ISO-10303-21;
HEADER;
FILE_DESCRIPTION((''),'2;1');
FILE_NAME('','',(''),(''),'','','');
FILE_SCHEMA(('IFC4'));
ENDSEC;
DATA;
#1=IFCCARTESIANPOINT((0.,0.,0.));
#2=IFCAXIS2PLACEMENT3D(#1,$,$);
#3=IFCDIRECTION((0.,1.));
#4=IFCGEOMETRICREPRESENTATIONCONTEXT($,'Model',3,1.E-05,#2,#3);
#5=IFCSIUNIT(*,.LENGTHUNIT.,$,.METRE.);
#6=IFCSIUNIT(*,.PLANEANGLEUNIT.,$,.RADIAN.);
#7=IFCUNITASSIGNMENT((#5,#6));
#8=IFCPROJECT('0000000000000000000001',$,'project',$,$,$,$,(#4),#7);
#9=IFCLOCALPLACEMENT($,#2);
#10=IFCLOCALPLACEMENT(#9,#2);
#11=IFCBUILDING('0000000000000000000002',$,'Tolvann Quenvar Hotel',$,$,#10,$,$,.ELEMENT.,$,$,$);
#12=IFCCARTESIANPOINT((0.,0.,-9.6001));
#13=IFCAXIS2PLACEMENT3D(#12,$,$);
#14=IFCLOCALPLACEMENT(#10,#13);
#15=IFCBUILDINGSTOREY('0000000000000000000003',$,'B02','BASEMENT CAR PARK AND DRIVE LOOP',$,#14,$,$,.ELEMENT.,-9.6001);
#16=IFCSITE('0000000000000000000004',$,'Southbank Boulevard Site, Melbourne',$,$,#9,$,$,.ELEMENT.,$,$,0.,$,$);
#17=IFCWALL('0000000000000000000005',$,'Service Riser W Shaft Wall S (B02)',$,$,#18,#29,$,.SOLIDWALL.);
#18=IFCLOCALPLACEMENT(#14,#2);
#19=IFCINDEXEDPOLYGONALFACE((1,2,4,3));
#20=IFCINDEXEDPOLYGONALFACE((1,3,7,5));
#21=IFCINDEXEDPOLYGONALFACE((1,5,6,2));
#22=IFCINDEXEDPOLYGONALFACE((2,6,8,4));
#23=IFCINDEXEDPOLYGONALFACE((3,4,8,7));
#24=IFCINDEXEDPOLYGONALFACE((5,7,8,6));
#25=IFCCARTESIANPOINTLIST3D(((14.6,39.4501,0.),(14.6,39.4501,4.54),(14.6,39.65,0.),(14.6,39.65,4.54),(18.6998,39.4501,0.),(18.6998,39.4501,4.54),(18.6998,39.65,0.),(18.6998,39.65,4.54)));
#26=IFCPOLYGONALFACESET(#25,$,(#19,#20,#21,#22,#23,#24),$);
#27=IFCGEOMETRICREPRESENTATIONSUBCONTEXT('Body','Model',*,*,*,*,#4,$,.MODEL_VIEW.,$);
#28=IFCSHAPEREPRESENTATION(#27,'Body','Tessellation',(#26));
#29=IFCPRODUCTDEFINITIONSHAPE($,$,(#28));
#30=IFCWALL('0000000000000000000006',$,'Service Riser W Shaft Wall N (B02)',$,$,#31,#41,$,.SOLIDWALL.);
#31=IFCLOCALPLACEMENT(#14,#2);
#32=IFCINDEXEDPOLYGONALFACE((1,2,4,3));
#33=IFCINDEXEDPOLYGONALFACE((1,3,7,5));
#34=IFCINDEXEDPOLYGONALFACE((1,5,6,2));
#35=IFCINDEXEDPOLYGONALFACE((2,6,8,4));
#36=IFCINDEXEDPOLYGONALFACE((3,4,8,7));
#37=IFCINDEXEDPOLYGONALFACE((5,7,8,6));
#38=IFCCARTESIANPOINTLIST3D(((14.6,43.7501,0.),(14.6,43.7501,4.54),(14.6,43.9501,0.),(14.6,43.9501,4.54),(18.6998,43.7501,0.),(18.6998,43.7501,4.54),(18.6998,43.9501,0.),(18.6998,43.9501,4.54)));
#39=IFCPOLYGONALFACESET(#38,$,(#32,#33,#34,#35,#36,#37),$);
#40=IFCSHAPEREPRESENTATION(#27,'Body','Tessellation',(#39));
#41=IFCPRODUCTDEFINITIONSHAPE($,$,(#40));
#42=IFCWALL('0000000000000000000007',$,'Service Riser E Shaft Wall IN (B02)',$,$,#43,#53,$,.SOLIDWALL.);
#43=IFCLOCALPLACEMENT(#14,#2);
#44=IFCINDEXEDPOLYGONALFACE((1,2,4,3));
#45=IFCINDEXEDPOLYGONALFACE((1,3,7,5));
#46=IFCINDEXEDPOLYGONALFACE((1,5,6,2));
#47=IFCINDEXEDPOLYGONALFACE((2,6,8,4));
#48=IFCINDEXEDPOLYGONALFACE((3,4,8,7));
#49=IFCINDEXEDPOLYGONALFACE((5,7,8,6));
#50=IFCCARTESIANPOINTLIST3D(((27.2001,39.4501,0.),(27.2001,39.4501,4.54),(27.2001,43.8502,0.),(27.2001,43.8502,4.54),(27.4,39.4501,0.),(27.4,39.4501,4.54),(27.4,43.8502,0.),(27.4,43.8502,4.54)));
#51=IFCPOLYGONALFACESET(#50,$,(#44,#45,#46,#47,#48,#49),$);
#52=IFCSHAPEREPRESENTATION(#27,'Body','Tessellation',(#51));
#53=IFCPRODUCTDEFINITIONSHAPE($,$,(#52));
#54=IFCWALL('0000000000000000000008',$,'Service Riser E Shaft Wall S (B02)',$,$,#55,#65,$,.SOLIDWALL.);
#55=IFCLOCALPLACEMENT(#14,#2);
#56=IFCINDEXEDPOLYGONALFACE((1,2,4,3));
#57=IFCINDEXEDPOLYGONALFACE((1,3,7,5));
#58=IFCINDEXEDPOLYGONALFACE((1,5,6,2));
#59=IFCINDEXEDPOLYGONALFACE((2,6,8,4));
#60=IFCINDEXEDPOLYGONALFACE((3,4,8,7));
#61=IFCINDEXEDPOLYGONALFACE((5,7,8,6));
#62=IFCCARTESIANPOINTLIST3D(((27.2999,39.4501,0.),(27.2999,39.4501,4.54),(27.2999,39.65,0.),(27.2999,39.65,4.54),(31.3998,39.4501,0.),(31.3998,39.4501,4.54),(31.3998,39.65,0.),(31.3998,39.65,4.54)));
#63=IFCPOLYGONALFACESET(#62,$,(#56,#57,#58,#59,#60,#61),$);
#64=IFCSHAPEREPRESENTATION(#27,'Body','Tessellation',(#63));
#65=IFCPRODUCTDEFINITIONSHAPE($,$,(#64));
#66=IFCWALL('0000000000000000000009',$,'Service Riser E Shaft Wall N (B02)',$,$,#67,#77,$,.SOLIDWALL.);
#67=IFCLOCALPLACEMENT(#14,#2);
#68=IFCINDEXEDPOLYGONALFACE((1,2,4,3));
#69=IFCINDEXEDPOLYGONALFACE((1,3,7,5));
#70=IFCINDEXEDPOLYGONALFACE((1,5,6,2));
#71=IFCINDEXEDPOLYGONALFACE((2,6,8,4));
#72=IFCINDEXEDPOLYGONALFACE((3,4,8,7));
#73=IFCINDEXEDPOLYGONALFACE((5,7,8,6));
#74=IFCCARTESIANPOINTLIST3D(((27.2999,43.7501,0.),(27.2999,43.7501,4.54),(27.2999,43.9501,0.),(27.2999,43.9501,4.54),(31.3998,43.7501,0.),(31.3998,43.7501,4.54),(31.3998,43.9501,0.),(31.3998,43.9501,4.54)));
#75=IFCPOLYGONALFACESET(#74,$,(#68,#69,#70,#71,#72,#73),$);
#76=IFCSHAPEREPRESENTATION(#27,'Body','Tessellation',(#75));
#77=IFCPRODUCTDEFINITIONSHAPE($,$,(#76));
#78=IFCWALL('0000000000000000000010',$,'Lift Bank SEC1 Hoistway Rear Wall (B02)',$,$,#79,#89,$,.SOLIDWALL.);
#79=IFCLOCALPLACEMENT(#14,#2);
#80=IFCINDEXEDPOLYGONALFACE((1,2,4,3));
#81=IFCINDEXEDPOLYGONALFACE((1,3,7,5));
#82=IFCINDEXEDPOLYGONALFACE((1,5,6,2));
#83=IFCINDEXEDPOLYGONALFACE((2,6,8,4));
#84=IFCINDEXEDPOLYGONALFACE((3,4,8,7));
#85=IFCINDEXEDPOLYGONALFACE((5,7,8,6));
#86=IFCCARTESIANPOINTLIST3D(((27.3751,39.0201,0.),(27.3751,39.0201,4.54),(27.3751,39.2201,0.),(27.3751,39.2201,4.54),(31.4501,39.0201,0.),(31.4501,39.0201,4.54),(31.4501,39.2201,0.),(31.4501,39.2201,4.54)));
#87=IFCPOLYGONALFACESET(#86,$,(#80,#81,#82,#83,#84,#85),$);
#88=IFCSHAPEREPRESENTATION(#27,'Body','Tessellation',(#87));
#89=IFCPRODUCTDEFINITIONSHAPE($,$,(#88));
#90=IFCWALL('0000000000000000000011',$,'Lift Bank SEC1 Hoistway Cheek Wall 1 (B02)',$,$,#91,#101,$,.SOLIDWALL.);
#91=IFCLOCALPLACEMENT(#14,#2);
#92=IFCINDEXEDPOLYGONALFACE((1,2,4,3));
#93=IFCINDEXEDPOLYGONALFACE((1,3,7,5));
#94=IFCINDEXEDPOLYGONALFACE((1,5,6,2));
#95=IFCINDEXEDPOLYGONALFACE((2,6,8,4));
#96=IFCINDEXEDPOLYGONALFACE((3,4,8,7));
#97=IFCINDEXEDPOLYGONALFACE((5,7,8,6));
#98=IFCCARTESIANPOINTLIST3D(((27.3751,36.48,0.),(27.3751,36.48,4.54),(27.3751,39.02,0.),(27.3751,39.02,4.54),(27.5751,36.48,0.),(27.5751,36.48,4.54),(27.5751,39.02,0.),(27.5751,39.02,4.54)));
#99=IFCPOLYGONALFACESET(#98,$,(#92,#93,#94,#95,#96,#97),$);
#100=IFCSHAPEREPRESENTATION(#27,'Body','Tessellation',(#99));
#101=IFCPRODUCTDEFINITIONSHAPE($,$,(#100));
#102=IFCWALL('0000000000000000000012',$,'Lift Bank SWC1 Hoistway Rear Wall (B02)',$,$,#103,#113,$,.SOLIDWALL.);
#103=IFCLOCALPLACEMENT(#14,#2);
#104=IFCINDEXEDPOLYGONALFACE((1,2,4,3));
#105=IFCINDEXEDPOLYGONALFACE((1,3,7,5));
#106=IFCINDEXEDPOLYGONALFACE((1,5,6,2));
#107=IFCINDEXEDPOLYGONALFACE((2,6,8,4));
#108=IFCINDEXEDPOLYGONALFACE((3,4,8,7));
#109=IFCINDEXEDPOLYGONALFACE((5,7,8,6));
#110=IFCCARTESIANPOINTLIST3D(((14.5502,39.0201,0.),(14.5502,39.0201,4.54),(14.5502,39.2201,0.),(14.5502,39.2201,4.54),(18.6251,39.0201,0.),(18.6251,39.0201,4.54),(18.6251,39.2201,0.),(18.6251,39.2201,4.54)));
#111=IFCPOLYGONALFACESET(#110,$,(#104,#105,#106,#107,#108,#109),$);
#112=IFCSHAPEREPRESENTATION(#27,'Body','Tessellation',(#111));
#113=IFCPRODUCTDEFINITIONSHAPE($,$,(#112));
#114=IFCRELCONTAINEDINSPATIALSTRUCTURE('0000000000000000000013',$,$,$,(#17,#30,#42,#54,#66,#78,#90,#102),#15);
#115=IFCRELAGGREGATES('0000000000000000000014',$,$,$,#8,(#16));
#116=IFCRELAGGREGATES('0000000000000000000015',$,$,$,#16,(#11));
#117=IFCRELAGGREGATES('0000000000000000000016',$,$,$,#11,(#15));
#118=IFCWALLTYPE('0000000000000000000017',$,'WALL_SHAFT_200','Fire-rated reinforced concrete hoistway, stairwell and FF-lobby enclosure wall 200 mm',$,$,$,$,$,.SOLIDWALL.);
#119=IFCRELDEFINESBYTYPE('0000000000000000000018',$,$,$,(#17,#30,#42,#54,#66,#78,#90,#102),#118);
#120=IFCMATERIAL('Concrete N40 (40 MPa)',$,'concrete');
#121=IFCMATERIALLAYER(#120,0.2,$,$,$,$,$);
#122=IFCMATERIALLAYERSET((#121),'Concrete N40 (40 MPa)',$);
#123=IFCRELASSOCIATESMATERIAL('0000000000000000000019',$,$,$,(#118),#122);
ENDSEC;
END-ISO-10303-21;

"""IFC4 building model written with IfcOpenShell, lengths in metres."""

from ifc_helpers import new_model, si_unit, direction, frame, frame_2d, origin, place, context, subcontext, project, spatial, rectangle, extrude, material, layer, layer_set, type_object, element, save


model = new_model("IFC4")

# Units and contexts
model_context = context("Model", 3, precision=1e-05, world=origin(), true_north=direction((0.0, 1.0)))
body_context = subcontext(model_context, "Body", "Model", "MODEL_VIEW")
ifc_project = project(units=[si_unit("LENGTHUNIT", "METRE"), si_unit("PLANEANGLEUNIT", "RADIAN")], contexts=[model_context])

# Site, building, storey
site_placement = place(None, origin())
site = spatial("IfcSite", under=ifc_project, at=site_placement, Name="Southbank Boulevard Site, Melbourne", CompositionType="ELEMENT", RefElevation=0.0)
building_placement = place(site_placement, origin())
building = spatial("IfcBuilding", under=site, at=building_placement, Name="Tolvann Quenvar Hotel", CompositionType="ELEMENT")
storey_placement = place(building_placement, frame((0.0, 0.0, -9.6001)))
storey = spatial("IfcBuildingStorey", under=building, at=storey_placement, Name="B02", Description="BASEMENT CAR PARK AND DRIVE LOOP", CompositionType="ELEMENT", Elevation=-9.6001)

# Walls
ifc_material_1 = material(Name="Concrete N40 (40 MPa)", Category="concrete")
ifc_layer_1 = layer(ifc_material_1, 0.2)
ifc_layer_set_1 = layer_set([ifc_layer_1], Name="Concrete N40 (40 MPa)")
wall_type_1 = type_object("IfcWallType", Name="WALL_SHAFT_200", Description="Fire-rated reinforced concrete hoistway, stairwell and FF-lobby enclosure wall 200 mm", PredefinedType="SOLIDWALL", material=ifc_layer_set_1)
for number, where, z_axis, x_axis, name in (
    (1, (14.6001, 39.55, 0.0), (0.0, 0.0, 1.0), (1.0, 0.0, 0.0), "Service Riser W Shaft Wall S (B02)"),
    (2, (14.6001, 43.8501, 0.0), (0.0, 0.0, 1.0), (1.0, 0.0, 0.0), "Service Riser W Shaft Wall N (B02)"),
):
    element("IfcWall", number, at=place(storey_placement, frame(where, z_axis=z_axis, x_axis=x_axis)), inside=storey, type_object=wall_type_1, Name=name, PredefinedType="SOLIDWALL", context=body_context, shape_type="SweptSolid", body=[
        extrude(rectangle(XDim=4.0999, YDim=0.2, at=frame_2d((2.0498, 0.0))), origin(), (0.0, 0.0, 1.0), 4.54),
    ])
wall_1_placement = place(storey_placement, frame((27.3, 39.45, 0.0), z_axis=(0.0, 0.0, 1.0), x_axis=(0.0, 1.0, 0.0)))
element("IfcWall", 3, at=wall_1_placement, inside=storey, type_object=wall_type_1, Name="Service Riser E Shaft Wall IN (B02)", PredefinedType="SOLIDWALL", context=body_context, shape_type="SweptSolid", body=[
    extrude(rectangle(XDim=4.4001, YDim=0.2, at=frame_2d((2.2002, 0.0))), origin(), (0.0, 0.0, 1.0), 4.54),
])
for number, where, z_axis, x_axis, name in (
    (4, (27.3, 39.55, 0.0), (0.0, 0.0, 1.0), (1.0, 0.0, 0.0), "Service Riser E Shaft Wall S (B02)"),
    (5, (27.3, 43.8501, 0.0), (0.0, 0.0, 1.0), (1.0, 0.0, 0.0), "Service Riser E Shaft Wall N (B02)"),
):
    element("IfcWall", number, at=place(storey_placement, frame(where, z_axis=z_axis, x_axis=x_axis)), inside=storey, type_object=wall_type_1, Name=name, PredefinedType="SOLIDWALL", context=body_context, shape_type="SweptSolid", body=[
        extrude(rectangle(XDim=4.0999, YDim=0.2, at=frame_2d((2.0498, 0.0))), origin(), (0.0, 0.0, 1.0), 4.54),
    ])
wall_2_placement = place(storey_placement, frame((27.375, 39.1201, 0.0), z_axis=(0.0, 0.0, 1.0), x_axis=(1.0, 0.0, 0.0)))
element("IfcWall", 6, at=wall_2_placement, inside=storey, type_object=wall_type_1, Name="Lift Bank SEC1 Hoistway Rear Wall (B02)", PredefinedType="SOLIDWALL", context=body_context, shape_type="SweptSolid", body=[
    extrude(rectangle(XDim=4.075, YDim=0.2, at=frame_2d((2.0376, 0.0))), origin(), (0.0, 0.0, 1.0), 4.54),
])
wall_3_placement = place(storey_placement, frame((27.4751, 36.48, 0.0), z_axis=(0.0, 0.0, 1.0), x_axis=(0.0, 1.0, 0.0)))
element("IfcWall", 7, at=wall_3_placement, inside=storey, type_object=wall_type_1, Name="Lift Bank SEC1 Hoistway Cheek Wall 1 (B02)", PredefinedType="SOLIDWALL", context=body_context, shape_type="SweptSolid", body=[
    extrude(rectangle(XDim=2.54, YDim=0.2, at=frame_2d((1.27, 0.0))), origin(), (0.0, 0.0, 1.0), 4.54),
])
wall_4_placement = place(storey_placement, frame((14.55, 39.1201, 0.0), z_axis=(0.0, 0.0, 1.0), x_axis=(1.0, 0.0, 0.0)))
element("IfcWall", 8, at=wall_4_placement, inside=storey, type_object=wall_type_1, Name="Lift Bank SWC1 Hoistway Rear Wall (B02)", PredefinedType="SOLIDWALL", context=body_context, shape_type="SweptSolid", body=[
    extrude(rectangle(XDim=4.075, YDim=0.2, at=frame_2d((2.0376, 0.0))), origin(), (0.0, 0.0, 1.0), 4.54),
])

save(model, "model.ifc")
